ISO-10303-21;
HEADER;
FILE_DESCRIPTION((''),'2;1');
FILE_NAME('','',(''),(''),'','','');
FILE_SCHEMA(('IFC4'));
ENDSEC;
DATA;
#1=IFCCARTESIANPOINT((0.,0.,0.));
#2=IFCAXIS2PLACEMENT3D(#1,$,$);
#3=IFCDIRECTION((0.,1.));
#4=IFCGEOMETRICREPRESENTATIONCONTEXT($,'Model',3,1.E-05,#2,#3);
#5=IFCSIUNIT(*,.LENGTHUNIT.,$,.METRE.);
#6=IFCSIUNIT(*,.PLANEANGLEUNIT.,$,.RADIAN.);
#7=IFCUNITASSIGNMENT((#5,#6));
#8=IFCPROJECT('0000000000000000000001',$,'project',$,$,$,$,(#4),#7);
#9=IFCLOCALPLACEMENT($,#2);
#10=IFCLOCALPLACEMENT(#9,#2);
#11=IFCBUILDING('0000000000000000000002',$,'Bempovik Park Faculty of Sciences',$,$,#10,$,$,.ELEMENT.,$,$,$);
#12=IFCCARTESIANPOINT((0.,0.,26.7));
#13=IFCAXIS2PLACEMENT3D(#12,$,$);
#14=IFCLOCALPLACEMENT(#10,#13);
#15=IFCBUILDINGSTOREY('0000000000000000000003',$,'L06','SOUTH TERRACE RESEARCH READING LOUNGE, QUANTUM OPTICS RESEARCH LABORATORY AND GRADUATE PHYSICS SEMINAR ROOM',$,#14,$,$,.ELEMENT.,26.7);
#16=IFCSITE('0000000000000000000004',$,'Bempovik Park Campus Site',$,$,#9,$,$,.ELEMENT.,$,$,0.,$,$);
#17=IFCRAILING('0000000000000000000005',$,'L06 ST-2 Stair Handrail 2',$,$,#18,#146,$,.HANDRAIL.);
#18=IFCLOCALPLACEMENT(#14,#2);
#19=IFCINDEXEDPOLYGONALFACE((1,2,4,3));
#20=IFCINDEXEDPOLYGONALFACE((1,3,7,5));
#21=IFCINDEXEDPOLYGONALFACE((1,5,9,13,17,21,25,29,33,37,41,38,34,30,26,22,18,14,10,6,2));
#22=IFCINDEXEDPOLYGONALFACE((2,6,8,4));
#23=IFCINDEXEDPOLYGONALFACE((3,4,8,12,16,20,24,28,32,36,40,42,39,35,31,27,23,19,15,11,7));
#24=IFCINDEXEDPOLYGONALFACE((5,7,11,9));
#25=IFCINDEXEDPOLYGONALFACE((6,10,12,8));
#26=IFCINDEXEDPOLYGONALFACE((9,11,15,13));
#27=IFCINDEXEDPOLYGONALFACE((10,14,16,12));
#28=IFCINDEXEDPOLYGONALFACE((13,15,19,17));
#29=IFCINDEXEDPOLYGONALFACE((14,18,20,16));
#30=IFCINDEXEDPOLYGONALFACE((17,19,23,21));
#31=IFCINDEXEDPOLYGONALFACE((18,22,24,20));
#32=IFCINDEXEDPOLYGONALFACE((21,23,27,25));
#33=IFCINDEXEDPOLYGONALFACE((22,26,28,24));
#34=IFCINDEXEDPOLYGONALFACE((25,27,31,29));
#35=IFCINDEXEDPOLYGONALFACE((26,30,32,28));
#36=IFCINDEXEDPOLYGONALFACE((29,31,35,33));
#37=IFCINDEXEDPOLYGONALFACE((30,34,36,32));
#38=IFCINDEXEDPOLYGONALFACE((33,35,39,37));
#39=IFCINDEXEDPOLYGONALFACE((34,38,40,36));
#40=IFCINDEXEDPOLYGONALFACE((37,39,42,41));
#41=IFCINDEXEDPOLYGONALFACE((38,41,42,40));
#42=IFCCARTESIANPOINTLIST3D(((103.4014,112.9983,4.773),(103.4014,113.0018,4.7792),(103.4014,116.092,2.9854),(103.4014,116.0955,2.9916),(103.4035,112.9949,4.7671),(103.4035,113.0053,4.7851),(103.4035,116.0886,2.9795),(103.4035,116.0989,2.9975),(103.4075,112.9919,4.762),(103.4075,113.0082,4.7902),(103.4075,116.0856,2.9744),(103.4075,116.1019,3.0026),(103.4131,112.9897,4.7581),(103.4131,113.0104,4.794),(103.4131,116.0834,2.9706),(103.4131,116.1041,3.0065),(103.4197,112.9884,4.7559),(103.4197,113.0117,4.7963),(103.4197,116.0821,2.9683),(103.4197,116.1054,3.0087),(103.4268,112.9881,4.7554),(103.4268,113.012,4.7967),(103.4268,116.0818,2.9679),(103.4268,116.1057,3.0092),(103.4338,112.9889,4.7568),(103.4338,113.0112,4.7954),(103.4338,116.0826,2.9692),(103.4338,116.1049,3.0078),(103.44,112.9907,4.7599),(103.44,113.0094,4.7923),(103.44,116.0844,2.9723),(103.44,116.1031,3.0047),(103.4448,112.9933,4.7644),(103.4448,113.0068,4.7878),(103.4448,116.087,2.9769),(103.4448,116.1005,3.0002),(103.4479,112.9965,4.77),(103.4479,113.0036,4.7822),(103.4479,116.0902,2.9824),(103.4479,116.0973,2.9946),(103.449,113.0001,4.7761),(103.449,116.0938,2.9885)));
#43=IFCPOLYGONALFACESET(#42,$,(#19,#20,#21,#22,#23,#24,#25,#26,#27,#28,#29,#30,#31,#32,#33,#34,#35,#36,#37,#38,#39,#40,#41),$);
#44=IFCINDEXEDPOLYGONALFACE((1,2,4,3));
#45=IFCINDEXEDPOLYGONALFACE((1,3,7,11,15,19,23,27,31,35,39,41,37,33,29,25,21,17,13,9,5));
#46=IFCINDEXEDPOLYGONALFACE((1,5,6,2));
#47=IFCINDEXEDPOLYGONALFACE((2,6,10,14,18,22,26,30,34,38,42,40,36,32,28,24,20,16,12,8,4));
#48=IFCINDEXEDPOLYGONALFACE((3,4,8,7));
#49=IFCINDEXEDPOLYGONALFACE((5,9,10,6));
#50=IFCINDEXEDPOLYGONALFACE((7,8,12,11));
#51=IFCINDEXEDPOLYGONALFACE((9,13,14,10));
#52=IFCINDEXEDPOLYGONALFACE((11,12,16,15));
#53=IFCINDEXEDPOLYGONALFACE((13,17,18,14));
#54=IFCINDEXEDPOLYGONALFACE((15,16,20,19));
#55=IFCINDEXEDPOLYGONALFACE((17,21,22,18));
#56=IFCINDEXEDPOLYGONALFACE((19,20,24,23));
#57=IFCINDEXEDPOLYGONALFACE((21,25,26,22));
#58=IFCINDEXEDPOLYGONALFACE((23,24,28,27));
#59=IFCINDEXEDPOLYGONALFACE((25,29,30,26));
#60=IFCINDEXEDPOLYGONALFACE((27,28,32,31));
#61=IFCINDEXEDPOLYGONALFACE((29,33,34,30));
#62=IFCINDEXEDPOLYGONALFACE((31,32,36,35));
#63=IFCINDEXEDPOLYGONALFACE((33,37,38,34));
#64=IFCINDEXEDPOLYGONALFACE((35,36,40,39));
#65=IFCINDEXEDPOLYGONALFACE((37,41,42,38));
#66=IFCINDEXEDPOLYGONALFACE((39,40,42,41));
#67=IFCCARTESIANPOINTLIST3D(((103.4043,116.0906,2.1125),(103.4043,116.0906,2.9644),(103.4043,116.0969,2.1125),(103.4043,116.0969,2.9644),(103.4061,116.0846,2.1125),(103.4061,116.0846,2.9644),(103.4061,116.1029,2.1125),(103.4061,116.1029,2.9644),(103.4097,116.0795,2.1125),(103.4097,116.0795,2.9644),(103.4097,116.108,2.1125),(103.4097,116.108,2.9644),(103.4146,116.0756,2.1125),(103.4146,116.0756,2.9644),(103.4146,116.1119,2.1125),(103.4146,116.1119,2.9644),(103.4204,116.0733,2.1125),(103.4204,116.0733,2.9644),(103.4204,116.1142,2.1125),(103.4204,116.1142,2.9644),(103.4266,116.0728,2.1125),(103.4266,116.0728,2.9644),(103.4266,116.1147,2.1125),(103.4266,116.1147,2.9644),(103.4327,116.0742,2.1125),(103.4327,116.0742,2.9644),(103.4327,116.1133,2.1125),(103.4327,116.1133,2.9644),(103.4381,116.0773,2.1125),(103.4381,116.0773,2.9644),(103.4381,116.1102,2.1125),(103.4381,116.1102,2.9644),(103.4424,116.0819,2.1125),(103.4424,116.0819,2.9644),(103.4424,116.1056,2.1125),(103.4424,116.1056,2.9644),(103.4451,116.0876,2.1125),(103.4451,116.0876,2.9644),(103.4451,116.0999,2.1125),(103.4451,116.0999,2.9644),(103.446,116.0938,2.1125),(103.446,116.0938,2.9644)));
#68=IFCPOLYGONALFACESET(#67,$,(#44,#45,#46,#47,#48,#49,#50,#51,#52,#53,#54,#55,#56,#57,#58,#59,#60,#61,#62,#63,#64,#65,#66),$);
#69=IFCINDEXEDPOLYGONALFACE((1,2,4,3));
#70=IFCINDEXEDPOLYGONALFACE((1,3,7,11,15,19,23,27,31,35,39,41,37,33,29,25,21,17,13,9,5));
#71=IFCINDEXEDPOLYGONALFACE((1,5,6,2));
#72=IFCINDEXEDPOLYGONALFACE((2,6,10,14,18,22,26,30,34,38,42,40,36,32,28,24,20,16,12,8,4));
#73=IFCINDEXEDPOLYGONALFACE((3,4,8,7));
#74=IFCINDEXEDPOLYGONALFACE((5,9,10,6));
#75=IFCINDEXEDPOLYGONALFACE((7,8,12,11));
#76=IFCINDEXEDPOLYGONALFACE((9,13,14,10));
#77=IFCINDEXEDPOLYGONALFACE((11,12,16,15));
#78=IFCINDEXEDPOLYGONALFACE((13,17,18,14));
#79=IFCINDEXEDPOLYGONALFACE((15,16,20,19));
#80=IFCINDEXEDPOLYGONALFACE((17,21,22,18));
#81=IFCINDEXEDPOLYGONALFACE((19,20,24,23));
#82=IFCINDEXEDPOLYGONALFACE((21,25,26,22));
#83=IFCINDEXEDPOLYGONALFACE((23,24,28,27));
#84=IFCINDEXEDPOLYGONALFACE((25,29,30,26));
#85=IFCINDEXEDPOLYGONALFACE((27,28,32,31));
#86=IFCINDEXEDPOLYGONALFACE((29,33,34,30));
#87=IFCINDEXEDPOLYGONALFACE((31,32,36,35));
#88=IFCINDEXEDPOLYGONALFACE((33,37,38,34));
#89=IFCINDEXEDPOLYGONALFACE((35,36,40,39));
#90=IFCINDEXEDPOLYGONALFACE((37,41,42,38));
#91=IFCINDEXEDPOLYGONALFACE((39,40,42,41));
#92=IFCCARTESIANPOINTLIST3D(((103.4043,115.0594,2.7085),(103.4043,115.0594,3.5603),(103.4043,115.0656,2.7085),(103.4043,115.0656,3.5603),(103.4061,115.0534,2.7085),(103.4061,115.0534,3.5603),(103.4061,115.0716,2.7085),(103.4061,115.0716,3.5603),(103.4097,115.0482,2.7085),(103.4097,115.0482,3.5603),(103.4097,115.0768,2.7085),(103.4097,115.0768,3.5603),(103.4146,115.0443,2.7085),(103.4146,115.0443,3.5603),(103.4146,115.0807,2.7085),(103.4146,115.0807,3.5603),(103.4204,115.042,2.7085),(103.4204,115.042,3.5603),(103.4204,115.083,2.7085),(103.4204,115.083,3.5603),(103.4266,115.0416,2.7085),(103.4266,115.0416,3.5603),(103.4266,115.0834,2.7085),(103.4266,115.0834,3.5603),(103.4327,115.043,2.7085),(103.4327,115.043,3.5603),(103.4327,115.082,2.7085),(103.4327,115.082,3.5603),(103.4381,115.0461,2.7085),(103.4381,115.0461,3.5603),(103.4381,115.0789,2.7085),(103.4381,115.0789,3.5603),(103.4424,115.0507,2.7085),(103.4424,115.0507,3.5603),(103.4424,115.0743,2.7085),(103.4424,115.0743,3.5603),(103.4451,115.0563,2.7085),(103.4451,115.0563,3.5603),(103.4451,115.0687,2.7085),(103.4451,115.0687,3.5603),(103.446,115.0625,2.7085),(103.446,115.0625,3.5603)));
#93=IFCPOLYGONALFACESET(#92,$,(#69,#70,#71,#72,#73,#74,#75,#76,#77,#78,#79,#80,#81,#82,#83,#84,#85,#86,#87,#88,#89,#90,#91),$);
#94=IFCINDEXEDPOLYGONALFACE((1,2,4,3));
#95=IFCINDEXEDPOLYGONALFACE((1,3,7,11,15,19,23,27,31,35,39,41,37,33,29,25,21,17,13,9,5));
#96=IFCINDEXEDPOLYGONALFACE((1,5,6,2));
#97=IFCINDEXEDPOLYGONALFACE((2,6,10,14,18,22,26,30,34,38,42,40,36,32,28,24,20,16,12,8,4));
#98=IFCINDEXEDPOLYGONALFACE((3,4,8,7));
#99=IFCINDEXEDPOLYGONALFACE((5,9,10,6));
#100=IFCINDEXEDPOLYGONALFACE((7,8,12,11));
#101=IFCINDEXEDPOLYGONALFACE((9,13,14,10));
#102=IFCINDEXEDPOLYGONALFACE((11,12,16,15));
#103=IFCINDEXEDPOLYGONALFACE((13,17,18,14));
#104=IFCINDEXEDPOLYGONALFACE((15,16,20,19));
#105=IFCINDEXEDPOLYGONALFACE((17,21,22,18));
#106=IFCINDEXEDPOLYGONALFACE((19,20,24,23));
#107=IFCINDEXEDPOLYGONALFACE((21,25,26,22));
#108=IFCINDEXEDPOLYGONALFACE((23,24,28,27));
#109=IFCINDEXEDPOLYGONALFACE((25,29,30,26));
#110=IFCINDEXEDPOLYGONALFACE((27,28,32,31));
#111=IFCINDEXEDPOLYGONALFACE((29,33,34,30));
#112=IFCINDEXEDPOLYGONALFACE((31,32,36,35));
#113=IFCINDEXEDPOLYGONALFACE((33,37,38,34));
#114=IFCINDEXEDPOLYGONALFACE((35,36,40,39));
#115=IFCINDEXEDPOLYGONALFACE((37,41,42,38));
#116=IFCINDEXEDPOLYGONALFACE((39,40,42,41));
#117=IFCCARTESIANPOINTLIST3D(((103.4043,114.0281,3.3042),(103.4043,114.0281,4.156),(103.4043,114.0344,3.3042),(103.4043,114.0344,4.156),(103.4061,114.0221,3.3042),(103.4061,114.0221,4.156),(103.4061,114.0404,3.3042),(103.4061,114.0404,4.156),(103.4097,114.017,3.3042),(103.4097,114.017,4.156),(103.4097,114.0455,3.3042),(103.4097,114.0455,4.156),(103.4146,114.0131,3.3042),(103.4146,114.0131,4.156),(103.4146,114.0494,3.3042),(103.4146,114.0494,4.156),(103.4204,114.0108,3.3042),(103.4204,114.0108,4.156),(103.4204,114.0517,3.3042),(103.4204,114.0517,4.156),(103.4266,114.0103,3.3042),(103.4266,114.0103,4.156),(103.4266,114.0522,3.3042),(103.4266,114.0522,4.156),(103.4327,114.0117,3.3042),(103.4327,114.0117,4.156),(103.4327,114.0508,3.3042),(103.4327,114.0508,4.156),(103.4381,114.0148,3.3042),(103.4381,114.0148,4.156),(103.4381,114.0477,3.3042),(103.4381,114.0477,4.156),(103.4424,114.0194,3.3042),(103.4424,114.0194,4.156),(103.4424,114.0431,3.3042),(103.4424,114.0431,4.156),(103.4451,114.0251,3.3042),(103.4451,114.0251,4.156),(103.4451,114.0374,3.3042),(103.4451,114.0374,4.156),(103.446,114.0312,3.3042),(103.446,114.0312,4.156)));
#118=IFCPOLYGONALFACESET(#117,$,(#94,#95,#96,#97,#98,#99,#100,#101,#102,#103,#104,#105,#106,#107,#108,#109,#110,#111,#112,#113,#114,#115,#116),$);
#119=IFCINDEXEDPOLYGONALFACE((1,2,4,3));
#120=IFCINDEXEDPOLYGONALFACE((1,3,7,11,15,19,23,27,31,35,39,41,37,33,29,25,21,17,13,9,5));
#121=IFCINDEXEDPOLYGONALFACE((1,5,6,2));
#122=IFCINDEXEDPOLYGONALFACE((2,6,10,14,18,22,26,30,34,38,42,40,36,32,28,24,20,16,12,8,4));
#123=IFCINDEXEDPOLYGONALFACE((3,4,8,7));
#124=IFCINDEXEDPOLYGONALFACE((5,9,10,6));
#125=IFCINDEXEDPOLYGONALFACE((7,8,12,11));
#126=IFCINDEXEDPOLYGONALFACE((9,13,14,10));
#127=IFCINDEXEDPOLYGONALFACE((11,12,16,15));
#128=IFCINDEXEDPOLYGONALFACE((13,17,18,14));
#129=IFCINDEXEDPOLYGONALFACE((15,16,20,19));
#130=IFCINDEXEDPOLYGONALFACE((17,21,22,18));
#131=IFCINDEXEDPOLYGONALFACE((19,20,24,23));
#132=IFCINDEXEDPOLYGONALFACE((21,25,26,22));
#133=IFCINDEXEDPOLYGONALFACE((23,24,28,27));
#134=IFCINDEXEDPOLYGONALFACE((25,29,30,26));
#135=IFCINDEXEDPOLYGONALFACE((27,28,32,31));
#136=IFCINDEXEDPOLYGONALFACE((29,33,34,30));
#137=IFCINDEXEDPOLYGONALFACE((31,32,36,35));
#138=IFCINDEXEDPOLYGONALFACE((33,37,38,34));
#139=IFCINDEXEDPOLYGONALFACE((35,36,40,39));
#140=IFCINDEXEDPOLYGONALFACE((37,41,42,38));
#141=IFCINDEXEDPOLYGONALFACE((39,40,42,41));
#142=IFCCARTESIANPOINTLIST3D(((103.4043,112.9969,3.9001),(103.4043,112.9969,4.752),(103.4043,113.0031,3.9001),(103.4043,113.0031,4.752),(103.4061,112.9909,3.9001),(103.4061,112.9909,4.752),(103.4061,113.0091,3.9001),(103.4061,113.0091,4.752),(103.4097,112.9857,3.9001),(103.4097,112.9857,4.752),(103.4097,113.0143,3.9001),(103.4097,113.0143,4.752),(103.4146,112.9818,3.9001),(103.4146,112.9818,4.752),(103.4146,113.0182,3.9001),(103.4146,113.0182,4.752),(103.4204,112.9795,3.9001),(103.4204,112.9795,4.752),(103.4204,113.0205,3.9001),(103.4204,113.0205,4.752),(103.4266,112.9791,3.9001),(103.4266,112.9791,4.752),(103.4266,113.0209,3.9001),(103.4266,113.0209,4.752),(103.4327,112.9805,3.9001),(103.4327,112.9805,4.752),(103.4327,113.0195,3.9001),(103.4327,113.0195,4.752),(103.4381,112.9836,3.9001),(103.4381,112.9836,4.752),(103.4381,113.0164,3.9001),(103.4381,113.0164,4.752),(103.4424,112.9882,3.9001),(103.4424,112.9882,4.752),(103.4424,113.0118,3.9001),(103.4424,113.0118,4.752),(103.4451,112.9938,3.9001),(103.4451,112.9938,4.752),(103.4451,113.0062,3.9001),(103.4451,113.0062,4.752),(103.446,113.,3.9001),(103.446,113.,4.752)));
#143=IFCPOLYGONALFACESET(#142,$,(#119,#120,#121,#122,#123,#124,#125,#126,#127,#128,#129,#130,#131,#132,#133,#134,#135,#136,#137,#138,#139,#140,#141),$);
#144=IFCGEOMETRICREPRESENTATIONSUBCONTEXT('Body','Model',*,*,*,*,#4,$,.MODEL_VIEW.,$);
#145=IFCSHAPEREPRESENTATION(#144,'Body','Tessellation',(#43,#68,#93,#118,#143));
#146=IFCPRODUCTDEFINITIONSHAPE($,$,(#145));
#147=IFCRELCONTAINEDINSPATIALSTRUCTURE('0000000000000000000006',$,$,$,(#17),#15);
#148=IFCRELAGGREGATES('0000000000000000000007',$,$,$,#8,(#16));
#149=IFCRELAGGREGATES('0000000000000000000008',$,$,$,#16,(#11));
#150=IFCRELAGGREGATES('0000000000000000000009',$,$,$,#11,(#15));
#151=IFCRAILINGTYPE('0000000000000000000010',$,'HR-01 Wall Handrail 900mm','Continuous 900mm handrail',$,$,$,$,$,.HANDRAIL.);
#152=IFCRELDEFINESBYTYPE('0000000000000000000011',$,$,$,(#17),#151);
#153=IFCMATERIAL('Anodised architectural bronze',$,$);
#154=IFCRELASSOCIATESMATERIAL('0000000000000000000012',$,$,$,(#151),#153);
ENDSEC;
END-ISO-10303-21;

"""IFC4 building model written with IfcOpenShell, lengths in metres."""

from ifc_helpers import new_model, si_unit, direction, frame, origin, origin_2d, place, context, subcontext, project, spatial, circle, extrude, material, type_object, element, save


model = new_model("IFC4")

# Units and contexts
model_context = context("Model", 3, precision=1e-05, world=origin(), true_north=direction((0.0, 1.0)))
body_context = subcontext(model_context, "Body", "Model", "MODEL_VIEW")
ifc_project = project(units=[si_unit("LENGTHUNIT", "METRE"), si_unit("PLANEANGLEUNIT", "RADIAN")], contexts=[model_context])

# Site, building, storey
site_placement = place(None, origin())
site = spatial("IfcSite", under=ifc_project, at=site_placement, Name="Bempovik Park Campus Site", CompositionType="ELEMENT", RefElevation=0.0)
building_placement = place(site_placement, origin())
building = spatial("IfcBuilding", under=site, at=building_placement, Name="Bempovik Park Faculty of Sciences", CompositionType="ELEMENT")
storey_placement = place(building_placement, frame((0.0, 0.0, 26.7)))
storey = spatial("IfcBuildingStorey", under=building, at=storey_placement, Name="L06", Description="SOUTH TERRACE RESEARCH READING LOUNGE, QUANTUM OPTICS RESEARCH LABORATORY AND GRADUATE PHYSICS SEMINAR ROOM", CompositionType="ELEMENT", Elevation=26.7)

# Railing
ifc_material_1 = material(Name="Anodised architectural bronze")
railing_type_1 = type_object("IfcRailingType", Name="HR-01 Wall Handrail 900mm", Description="Continuous 900mm handrail", PredefinedType="HANDRAIL", material=ifc_material_1)
railing_1_placement = place(storey_placement, frame((103.425, 116.0938, 2.1125)))
element("IfcRailing", 1, at=railing_1_placement, inside=storey, type_object=railing_type_1, Name="L06 ST-2 Stair Handrail 2", PredefinedType="HANDRAIL", context=body_context, shape_type="SweptSolid", body=[
    extrude(circle(Radius=0.0239, at=origin_2d()), frame((0.0, 0.0, 0.876), z_axis=(0.0, -0.865853, 0.500298), x_axis=(1.0, 0.0, 0.0)), (0.0, 0.0, 1.0), 3.573),
    extrude(circle(Radius=0.021, at=origin_2d()), origin(), (0.0, 0.0, 1.0), 0.8518),
    extrude(circle(Radius=0.021, at=origin_2d()), frame((0.0, -1.0312, 0.5959)), (0.0, 0.0, 1.0), 0.8518),
    extrude(circle(Radius=0.021, at=origin_2d()), frame((0.0, -2.0625, 1.1917)), (0.0, 0.0, 1.0), 0.8518),
    extrude(circle(Radius=0.021, at=origin_2d()), frame((0.0, -3.0938, 1.7876)), (0.0, 0.0, 1.0), 0.8518),
])

save(model, "model.ifc")
